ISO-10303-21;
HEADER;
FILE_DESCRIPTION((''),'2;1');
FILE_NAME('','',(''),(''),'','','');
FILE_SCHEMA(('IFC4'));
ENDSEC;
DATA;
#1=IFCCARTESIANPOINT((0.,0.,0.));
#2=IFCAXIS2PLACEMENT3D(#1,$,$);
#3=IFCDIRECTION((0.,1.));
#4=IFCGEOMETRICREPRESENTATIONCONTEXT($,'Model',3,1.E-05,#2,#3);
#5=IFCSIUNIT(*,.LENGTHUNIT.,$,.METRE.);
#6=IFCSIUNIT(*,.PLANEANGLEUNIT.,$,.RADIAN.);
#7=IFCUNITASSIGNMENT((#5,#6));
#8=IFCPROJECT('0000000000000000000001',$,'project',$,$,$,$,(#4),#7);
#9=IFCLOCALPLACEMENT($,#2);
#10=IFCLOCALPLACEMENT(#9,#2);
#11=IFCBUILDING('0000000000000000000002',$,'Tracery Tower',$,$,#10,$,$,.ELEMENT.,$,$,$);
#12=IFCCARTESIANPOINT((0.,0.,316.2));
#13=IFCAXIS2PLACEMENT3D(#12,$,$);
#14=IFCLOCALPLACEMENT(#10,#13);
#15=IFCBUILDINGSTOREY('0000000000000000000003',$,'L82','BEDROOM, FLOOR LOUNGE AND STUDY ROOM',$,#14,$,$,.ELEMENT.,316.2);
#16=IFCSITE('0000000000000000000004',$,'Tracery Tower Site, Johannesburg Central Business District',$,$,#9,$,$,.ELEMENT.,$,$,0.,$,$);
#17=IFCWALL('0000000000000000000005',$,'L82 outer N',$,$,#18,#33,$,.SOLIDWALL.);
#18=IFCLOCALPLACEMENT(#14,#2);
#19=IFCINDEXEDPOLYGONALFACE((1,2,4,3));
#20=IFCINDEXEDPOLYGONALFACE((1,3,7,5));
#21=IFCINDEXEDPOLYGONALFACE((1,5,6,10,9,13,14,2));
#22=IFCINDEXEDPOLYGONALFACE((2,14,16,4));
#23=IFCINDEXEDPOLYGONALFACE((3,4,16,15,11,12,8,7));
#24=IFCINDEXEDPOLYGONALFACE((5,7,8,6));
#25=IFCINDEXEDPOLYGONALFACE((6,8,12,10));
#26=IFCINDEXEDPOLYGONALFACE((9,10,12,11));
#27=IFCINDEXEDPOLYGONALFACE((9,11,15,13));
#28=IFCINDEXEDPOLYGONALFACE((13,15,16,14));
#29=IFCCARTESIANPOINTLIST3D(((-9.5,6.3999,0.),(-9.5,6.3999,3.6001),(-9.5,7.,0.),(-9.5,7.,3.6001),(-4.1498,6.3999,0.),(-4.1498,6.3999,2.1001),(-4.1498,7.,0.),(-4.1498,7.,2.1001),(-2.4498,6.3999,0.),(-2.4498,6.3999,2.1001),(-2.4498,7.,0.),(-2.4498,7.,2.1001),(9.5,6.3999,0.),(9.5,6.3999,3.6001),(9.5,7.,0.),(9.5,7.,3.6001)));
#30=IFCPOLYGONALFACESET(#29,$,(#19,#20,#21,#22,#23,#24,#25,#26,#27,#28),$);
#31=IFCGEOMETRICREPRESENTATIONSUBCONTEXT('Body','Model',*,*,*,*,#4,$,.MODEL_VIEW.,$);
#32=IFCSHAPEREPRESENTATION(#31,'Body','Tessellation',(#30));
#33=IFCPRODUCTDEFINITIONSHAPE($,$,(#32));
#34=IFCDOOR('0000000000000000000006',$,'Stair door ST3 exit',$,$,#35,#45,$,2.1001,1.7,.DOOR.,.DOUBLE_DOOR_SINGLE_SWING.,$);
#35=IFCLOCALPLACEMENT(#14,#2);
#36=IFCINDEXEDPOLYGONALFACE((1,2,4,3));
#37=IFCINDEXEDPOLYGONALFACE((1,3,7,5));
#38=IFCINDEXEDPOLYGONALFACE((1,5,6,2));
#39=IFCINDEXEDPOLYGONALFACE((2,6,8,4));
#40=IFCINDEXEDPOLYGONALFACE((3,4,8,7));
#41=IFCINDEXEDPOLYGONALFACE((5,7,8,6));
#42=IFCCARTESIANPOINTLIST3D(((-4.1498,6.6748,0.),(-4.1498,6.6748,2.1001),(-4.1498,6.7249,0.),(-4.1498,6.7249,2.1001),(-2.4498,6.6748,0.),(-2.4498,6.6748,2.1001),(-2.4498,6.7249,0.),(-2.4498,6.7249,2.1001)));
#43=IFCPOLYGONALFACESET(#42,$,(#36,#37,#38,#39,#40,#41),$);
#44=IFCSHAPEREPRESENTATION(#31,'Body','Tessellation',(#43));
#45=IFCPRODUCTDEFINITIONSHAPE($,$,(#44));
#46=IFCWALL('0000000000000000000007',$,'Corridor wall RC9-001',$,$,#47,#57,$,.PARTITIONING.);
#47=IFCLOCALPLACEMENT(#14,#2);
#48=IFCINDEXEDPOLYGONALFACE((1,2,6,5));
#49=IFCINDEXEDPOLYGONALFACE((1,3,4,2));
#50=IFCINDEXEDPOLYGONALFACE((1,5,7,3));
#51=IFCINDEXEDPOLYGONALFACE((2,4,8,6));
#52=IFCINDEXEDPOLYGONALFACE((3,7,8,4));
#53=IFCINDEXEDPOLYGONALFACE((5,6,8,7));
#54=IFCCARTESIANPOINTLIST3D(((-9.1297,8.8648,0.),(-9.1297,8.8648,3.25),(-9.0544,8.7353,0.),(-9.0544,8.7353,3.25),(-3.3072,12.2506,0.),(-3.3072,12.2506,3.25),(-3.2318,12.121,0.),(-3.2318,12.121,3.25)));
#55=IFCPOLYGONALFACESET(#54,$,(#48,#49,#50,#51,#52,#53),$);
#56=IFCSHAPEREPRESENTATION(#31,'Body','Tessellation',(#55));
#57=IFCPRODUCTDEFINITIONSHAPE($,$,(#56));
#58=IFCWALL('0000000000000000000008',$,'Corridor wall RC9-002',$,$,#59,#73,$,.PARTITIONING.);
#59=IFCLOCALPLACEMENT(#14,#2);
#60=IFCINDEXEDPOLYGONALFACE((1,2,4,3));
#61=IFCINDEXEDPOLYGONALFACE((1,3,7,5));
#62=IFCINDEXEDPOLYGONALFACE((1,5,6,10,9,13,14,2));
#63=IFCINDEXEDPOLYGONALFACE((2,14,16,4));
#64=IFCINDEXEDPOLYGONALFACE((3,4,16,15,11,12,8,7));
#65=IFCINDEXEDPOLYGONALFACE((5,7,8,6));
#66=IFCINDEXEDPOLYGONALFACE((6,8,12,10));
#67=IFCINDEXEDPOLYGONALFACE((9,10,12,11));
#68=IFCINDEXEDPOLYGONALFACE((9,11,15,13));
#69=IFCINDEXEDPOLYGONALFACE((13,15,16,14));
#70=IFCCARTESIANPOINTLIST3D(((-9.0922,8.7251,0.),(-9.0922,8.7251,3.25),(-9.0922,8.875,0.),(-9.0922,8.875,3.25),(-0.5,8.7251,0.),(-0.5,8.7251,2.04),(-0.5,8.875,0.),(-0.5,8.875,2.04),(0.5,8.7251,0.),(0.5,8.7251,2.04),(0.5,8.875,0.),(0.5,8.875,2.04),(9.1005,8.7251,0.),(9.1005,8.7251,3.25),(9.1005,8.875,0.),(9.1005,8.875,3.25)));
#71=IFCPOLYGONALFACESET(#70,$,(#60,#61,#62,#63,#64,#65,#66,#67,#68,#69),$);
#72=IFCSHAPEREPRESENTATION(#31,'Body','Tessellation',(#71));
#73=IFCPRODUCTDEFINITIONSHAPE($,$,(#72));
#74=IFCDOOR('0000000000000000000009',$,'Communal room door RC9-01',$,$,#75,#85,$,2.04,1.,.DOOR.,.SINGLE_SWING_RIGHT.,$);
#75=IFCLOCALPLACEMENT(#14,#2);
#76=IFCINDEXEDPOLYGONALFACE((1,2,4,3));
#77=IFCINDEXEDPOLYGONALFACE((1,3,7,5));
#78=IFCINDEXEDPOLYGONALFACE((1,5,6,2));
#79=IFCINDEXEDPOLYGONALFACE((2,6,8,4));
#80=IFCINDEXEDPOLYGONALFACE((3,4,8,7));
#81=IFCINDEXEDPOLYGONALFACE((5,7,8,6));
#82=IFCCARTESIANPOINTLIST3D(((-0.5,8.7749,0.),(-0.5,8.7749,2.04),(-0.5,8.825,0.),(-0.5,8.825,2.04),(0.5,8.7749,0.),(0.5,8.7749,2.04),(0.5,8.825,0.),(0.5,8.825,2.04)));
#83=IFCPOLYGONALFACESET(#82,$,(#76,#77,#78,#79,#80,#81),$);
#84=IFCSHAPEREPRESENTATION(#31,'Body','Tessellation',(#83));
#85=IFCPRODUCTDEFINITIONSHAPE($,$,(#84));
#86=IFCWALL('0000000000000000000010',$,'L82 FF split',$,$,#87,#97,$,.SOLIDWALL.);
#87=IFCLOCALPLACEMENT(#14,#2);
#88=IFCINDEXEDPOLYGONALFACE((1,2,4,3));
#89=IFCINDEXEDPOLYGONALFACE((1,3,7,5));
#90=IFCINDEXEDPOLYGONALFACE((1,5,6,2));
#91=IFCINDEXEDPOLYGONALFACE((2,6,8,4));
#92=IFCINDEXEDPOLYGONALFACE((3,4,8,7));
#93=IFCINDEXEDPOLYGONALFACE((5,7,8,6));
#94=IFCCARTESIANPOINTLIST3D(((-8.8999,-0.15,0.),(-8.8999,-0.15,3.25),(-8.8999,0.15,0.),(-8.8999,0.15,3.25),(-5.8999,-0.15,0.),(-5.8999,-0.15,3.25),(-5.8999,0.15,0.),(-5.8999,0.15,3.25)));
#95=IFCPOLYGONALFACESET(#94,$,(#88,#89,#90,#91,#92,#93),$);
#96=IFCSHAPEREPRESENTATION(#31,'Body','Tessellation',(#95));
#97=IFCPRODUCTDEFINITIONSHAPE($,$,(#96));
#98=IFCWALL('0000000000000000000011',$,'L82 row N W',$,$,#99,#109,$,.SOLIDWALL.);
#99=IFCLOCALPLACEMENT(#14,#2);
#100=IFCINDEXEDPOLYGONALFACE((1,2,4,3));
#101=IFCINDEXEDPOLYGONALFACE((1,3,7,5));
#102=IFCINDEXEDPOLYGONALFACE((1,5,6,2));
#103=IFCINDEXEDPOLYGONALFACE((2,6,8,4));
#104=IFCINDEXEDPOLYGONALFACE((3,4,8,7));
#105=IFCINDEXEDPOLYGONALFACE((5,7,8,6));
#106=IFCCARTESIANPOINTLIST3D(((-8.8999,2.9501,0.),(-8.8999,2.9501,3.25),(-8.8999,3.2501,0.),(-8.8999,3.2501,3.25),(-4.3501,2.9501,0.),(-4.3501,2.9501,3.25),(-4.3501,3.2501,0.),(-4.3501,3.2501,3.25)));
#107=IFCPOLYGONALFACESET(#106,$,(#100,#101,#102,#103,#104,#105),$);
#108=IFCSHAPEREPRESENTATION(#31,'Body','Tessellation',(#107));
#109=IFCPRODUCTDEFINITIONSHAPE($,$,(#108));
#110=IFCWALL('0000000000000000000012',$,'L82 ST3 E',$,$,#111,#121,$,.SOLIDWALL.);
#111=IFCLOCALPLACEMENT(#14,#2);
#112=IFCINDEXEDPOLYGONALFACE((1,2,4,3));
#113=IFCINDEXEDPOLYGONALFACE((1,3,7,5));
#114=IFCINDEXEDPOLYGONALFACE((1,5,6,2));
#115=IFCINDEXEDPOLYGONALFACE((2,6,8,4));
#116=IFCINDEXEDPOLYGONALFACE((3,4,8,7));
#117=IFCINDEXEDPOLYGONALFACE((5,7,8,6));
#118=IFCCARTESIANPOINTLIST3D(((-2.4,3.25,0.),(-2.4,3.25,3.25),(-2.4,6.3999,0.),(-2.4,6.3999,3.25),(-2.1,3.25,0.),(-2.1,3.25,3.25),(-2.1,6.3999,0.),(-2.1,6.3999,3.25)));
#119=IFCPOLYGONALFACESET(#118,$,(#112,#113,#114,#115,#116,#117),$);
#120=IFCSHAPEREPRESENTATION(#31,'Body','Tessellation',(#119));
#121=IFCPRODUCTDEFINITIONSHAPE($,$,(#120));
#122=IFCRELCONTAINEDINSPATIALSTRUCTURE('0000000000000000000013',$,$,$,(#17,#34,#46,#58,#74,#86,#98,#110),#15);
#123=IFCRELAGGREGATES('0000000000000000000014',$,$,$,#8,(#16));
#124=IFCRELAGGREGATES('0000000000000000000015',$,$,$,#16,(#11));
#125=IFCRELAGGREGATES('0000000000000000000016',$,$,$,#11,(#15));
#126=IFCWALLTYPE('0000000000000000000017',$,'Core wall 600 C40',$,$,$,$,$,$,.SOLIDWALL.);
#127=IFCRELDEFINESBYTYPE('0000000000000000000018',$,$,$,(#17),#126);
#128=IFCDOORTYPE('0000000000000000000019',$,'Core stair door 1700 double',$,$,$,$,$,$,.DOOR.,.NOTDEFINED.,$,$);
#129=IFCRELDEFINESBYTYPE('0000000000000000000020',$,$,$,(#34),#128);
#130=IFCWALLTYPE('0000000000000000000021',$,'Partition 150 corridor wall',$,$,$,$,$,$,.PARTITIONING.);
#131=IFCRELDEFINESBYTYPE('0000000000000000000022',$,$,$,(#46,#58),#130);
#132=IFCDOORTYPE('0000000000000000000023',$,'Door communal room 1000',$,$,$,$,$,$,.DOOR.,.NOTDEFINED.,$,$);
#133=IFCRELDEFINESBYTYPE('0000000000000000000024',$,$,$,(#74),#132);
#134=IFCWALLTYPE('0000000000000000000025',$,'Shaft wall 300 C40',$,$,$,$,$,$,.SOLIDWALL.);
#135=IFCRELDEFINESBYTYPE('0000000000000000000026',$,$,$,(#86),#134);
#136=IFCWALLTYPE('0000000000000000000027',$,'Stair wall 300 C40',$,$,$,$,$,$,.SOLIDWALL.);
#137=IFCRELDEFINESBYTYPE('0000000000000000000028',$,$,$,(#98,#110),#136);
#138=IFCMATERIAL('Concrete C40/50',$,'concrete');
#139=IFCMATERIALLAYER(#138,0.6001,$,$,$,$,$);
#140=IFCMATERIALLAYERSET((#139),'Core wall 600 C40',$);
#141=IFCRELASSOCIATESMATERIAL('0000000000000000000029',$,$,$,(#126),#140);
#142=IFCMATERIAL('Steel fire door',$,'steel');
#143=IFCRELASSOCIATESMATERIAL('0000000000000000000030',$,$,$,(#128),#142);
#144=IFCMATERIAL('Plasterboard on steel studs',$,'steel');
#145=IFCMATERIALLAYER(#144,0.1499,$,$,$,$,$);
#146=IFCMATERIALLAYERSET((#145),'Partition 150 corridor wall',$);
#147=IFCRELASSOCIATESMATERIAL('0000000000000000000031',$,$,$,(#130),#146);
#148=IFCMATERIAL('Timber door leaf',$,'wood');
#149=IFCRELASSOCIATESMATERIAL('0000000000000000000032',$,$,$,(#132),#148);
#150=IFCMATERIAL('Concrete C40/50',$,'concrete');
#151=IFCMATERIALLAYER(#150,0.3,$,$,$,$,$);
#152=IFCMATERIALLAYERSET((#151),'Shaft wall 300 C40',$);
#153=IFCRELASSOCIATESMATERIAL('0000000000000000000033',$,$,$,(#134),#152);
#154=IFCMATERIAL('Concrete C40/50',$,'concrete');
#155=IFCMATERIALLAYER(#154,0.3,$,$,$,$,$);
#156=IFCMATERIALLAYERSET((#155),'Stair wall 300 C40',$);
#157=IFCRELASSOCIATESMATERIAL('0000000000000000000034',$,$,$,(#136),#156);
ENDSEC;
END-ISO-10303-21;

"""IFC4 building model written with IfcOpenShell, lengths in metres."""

from ifc_helpers import new_model, si_unit, direction, frame, frame_2d, origin, place, context, subcontext, project, spatial, rectangle, extrude, material, layer, layer_set, type_object, element, fill, save


model = new_model("IFC4")

# Units and contexts
model_context = context("Model", 3, precision=1e-05, world=origin(), true_north=direction((0.0, 1.0)))
body_context = subcontext(model_context, "Body", "Model", "MODEL_VIEW")
ifc_project = project(units=[si_unit("LENGTHUNIT", "METRE"), si_unit("PLANEANGLEUNIT", "RADIAN")], contexts=[model_context])

# Site, building, storey
site_placement = place(None, origin())
site = spatial("IfcSite", under=ifc_project, at=site_placement, Name="Tracery Tower Site, Johannesburg Central Business District", CompositionType="ELEMENT", RefElevation=0.0)
building_placement = place(site_placement, origin())
building = spatial("IfcBuilding", under=site, at=building_placement, Name="Tracery Tower", CompositionType="ELEMENT")
storey_placement = place(building_placement, frame((0.0, 0.0, 316.2)))
storey = spatial("IfcBuildingStorey", under=building, at=storey_placement, Name="L82", Description="BEDROOM, FLOOR LOUNGE AND STUDY ROOM", CompositionType="ELEMENT", Elevation=316.2)

# Wall, opening, door
ifc_material_1 = material(Name="Concrete C40/50", Category="concrete")
ifc_layer_1 = layer(ifc_material_1, 0.6001)
ifc_layer_set_1 = layer_set([ifc_layer_1], Name="Core wall 600 C40")
wall_type_1 = type_object("IfcWallType", Name="Core wall 600 C40", PredefinedType="SOLIDWALL", material=ifc_layer_set_1)
wall_1_placement = place(storey_placement, frame((-9.5, 6.7, 0.0), z_axis=(0.0, 0.0, 1.0), x_axis=(1.0, 0.0, 0.0)))
wall_1 = element("IfcWall", 1, at=wall_1_placement, inside=storey, type_object=wall_type_1, Name="L82 outer N", PredefinedType="SOLIDWALL", context=body_context, shape_type="SweptSolid", body=[
    extrude(rectangle(XDim=19.0, YDim=0.6001, at=frame_2d((9.5, 0.0))), origin(), (0.0, 0.0, 1.0), 3.6001),
])
opening_1_placement = place(wall_1_placement, frame((5.3501, 0.0, 0.0)))
opening_1 = element("IfcOpeningElement", 2, at=opening_1_placement, cuts=wall_1, PredefinedType="OPENING", context=body_context, shape_type="SweptSolid", body=[
    extrude(rectangle(XDim=1.7, YDim=2.1001, at=frame_2d((0.8501, 1.05))), frame((0.0, 0.3, 0.0), z_axis=(0.0, -1.0, 0.0), x_axis=(1.0, 0.0, 0.0)), (0.0, 0.0, 1.0), 0.6001),
])
ifc_material_2 = material(Name="Steel fire door", Category="steel")
door_type_1 = type_object("IfcDoorType", Name="Core stair door 1700 double", OperationType="NOTDEFINED", PredefinedType="DOOR", material=ifc_material_2)
door_1_placement = place(opening_1_placement, origin())
door_1 = element("IfcDoor", 3, at=door_1_placement, inside=storey, type_object=door_type_1, Name="Stair door ST3 exit", OperationType="DOUBLE_DOOR_SINGLE_SWING", OverallHeight=2.1001, OverallWidth=1.7, PredefinedType="DOOR", context=body_context, shape_type="SweptSolid", body=[
    extrude(rectangle(XDim=1.7, YDim=2.1001, at=frame_2d((0.8501, 1.05))), frame((0.0, 0.0249, 0.0), z_axis=(0.0, -1.0, 0.0), x_axis=(1.0, 0.0, 0.0)), (0.0, 0.0, 1.0), 0.05),
])
fill(opening_1, door_1)

# Wall
ifc_material_3 = material(Name="Plasterboard on steel studs", Category="steel")
ifc_layer_2 = layer(ifc_material_3, 0.1499)
ifc_layer_set_2 = layer_set([ifc_layer_2], Name="Partition 150 corridor wall")
wall_type_2 = type_object("IfcWallType", Name="Partition 150 corridor wall", PredefinedType="PARTITIONING", material=ifc_layer_set_2)
wall_2_placement = place(storey_placement, frame((-9.092, 8.8, 0.0), z_axis=(0.0, 0.0, 1.0), x_axis=(0.864471, 0.502683, 0.0)))
element("IfcWall", 4, at=wall_2_placement, inside=storey, type_object=wall_type_2, Name="Corridor wall RC9-001", PredefinedType="PARTITIONING", context=body_context, shape_type="SweptSolid", body=[
    extrude(rectangle(XDim=6.7354, YDim=0.1499, at=frame_2d((3.3677, 0.0))), origin(), (0.0, 0.0, 1.0), 3.25),
])

# Wall, opening, door
wall_3_placement = place(storey_placement, frame((-9.092, 8.8, 0.0), z_axis=(0.0, 0.0, 1.0), x_axis=(1.0, 0.0, 0.0)))
wall_3 = element("IfcWall", 5, at=wall_3_placement, inside=storey, type_object=wall_type_2, Name="Corridor wall RC9-002", PredefinedType="PARTITIONING", context=body_context, shape_type="SweptSolid", body=[
    extrude(rectangle(XDim=18.1926, YDim=0.1499, at=frame_2d((9.0962, 0.0))), origin(), (0.0, 0.0, 1.0), 3.25),
])
opening_2_placement = place(wall_3_placement, frame((8.592, 0.0, 0.0)))
opening_2 = element("IfcOpeningElement", 6, at=opening_2_placement, cuts=wall_3, PredefinedType="OPENING", context=body_context, shape_type="SweptSolid", body=[
    extrude(rectangle(XDim=1.0, YDim=2.04, at=frame_2d((0.5, 1.02))), frame((0.0, 0.075, 0.0), z_axis=(0.0, -1.0, 0.0), x_axis=(1.0, 0.0, 0.0)), (0.0, 0.0, 1.0), 0.1499),
])
ifc_material_4 = material(Name="Timber door leaf", Category="wood")
door_type_2 = type_object("IfcDoorType", Name="Door communal room 1000", OperationType="NOTDEFINED", PredefinedType="DOOR", material=ifc_material_4)
door_2_placement = place(opening_2_placement, origin())
door_2 = element("IfcDoor", 7, at=door_2_placement, inside=storey, type_object=door_type_2, Name="Communal room door RC9-01", OperationType="SINGLE_SWING_RIGHT", OverallHeight=2.04, OverallWidth=1.0, PredefinedType="DOOR", context=body_context, shape_type="SweptSolid", body=[
    extrude(rectangle(XDim=1.0, YDim=2.04, at=frame_2d((0.5, 1.02))), frame((0.0, 0.0249, 0.0), z_axis=(0.0, -1.0, 0.0), x_axis=(1.0, 0.0, 0.0)), (0.0, 0.0, 1.0), 0.05),
])
fill(opening_2, door_2)

# Walls
ifc_material_5 = material(Name="Concrete C40/50", Category="concrete")
ifc_layer_3 = layer(ifc_material_5, 0.3)
ifc_layer_set_3 = layer_set([ifc_layer_3], Name="Shaft wall 300 C40")
wall_type_3 = type_object("IfcWallType", Name="Shaft wall 300 C40", PredefinedType="SOLIDWALL", material=ifc_layer_set_3)
wall_4_placement = place(storey_placement, frame((-8.8999, 0.0, 0.0), z_axis=(0.0, 0.0, 1.0), x_axis=(1.0, 0.0, 0.0)))
element("IfcWall", 8, at=wall_4_placement, inside=storey, type_object=wall_type_3, Name="L82 FF split", PredefinedType="SOLIDWALL", context=body_context, shape_type="SweptSolid", body=[
    extrude(rectangle(XDim=3.0, YDim=0.3, at=frame_2d((1.5, 0.0))), origin(), (0.0, 0.0, 1.0), 3.25),
])
ifc_material_6 = material(Name="Concrete C40/50", Category="concrete")
ifc_layer_4 = layer(ifc_material_6, 0.3)
ifc_layer_set_4 = layer_set([ifc_layer_4], Name="Stair wall 300 C40")
wall_type_4 = type_object("IfcWallType", Name="Stair wall 300 C40", PredefinedType="SOLIDWALL", material=ifc_layer_set_4)
wall_5_placement = place(storey_placement, frame((-8.8999, 3.1001, 0.0), z_axis=(0.0, 0.0, 1.0), x_axis=(1.0, 0.0, 0.0)))
element("IfcWall", 9, at=wall_5_placement, inside=storey, type_object=wall_type_4, Name="L82 row N W", PredefinedType="SOLIDWALL", context=body_context, shape_type="SweptSolid", body=[
    extrude(rectangle(XDim=4.5498, YDim=0.3, at=frame_2d((2.2749, 0.0))), origin(), (0.0, 0.0, 1.0), 3.25),
])

# Wall
wall_6_placement = place(storey_placement, frame((-2.25, 3.25, 0.0), z_axis=(0.0, 0.0, 1.0), x_axis=(0.0, 1.0, 0.0)))
element("IfcWall", 10, at=wall_6_placement, inside=storey, type_object=wall_type_4, Name="L82 ST3 E", PredefinedType="SOLIDWALL", context=body_context, shape_type="SweptSolid", body=[
    extrude(rectangle(XDim=3.1499, YDim=0.3, at=frame_2d((1.575, 0.0))), origin(), (0.0, 0.0, 1.0), 3.25),
])

save(model, "model.ifc")
